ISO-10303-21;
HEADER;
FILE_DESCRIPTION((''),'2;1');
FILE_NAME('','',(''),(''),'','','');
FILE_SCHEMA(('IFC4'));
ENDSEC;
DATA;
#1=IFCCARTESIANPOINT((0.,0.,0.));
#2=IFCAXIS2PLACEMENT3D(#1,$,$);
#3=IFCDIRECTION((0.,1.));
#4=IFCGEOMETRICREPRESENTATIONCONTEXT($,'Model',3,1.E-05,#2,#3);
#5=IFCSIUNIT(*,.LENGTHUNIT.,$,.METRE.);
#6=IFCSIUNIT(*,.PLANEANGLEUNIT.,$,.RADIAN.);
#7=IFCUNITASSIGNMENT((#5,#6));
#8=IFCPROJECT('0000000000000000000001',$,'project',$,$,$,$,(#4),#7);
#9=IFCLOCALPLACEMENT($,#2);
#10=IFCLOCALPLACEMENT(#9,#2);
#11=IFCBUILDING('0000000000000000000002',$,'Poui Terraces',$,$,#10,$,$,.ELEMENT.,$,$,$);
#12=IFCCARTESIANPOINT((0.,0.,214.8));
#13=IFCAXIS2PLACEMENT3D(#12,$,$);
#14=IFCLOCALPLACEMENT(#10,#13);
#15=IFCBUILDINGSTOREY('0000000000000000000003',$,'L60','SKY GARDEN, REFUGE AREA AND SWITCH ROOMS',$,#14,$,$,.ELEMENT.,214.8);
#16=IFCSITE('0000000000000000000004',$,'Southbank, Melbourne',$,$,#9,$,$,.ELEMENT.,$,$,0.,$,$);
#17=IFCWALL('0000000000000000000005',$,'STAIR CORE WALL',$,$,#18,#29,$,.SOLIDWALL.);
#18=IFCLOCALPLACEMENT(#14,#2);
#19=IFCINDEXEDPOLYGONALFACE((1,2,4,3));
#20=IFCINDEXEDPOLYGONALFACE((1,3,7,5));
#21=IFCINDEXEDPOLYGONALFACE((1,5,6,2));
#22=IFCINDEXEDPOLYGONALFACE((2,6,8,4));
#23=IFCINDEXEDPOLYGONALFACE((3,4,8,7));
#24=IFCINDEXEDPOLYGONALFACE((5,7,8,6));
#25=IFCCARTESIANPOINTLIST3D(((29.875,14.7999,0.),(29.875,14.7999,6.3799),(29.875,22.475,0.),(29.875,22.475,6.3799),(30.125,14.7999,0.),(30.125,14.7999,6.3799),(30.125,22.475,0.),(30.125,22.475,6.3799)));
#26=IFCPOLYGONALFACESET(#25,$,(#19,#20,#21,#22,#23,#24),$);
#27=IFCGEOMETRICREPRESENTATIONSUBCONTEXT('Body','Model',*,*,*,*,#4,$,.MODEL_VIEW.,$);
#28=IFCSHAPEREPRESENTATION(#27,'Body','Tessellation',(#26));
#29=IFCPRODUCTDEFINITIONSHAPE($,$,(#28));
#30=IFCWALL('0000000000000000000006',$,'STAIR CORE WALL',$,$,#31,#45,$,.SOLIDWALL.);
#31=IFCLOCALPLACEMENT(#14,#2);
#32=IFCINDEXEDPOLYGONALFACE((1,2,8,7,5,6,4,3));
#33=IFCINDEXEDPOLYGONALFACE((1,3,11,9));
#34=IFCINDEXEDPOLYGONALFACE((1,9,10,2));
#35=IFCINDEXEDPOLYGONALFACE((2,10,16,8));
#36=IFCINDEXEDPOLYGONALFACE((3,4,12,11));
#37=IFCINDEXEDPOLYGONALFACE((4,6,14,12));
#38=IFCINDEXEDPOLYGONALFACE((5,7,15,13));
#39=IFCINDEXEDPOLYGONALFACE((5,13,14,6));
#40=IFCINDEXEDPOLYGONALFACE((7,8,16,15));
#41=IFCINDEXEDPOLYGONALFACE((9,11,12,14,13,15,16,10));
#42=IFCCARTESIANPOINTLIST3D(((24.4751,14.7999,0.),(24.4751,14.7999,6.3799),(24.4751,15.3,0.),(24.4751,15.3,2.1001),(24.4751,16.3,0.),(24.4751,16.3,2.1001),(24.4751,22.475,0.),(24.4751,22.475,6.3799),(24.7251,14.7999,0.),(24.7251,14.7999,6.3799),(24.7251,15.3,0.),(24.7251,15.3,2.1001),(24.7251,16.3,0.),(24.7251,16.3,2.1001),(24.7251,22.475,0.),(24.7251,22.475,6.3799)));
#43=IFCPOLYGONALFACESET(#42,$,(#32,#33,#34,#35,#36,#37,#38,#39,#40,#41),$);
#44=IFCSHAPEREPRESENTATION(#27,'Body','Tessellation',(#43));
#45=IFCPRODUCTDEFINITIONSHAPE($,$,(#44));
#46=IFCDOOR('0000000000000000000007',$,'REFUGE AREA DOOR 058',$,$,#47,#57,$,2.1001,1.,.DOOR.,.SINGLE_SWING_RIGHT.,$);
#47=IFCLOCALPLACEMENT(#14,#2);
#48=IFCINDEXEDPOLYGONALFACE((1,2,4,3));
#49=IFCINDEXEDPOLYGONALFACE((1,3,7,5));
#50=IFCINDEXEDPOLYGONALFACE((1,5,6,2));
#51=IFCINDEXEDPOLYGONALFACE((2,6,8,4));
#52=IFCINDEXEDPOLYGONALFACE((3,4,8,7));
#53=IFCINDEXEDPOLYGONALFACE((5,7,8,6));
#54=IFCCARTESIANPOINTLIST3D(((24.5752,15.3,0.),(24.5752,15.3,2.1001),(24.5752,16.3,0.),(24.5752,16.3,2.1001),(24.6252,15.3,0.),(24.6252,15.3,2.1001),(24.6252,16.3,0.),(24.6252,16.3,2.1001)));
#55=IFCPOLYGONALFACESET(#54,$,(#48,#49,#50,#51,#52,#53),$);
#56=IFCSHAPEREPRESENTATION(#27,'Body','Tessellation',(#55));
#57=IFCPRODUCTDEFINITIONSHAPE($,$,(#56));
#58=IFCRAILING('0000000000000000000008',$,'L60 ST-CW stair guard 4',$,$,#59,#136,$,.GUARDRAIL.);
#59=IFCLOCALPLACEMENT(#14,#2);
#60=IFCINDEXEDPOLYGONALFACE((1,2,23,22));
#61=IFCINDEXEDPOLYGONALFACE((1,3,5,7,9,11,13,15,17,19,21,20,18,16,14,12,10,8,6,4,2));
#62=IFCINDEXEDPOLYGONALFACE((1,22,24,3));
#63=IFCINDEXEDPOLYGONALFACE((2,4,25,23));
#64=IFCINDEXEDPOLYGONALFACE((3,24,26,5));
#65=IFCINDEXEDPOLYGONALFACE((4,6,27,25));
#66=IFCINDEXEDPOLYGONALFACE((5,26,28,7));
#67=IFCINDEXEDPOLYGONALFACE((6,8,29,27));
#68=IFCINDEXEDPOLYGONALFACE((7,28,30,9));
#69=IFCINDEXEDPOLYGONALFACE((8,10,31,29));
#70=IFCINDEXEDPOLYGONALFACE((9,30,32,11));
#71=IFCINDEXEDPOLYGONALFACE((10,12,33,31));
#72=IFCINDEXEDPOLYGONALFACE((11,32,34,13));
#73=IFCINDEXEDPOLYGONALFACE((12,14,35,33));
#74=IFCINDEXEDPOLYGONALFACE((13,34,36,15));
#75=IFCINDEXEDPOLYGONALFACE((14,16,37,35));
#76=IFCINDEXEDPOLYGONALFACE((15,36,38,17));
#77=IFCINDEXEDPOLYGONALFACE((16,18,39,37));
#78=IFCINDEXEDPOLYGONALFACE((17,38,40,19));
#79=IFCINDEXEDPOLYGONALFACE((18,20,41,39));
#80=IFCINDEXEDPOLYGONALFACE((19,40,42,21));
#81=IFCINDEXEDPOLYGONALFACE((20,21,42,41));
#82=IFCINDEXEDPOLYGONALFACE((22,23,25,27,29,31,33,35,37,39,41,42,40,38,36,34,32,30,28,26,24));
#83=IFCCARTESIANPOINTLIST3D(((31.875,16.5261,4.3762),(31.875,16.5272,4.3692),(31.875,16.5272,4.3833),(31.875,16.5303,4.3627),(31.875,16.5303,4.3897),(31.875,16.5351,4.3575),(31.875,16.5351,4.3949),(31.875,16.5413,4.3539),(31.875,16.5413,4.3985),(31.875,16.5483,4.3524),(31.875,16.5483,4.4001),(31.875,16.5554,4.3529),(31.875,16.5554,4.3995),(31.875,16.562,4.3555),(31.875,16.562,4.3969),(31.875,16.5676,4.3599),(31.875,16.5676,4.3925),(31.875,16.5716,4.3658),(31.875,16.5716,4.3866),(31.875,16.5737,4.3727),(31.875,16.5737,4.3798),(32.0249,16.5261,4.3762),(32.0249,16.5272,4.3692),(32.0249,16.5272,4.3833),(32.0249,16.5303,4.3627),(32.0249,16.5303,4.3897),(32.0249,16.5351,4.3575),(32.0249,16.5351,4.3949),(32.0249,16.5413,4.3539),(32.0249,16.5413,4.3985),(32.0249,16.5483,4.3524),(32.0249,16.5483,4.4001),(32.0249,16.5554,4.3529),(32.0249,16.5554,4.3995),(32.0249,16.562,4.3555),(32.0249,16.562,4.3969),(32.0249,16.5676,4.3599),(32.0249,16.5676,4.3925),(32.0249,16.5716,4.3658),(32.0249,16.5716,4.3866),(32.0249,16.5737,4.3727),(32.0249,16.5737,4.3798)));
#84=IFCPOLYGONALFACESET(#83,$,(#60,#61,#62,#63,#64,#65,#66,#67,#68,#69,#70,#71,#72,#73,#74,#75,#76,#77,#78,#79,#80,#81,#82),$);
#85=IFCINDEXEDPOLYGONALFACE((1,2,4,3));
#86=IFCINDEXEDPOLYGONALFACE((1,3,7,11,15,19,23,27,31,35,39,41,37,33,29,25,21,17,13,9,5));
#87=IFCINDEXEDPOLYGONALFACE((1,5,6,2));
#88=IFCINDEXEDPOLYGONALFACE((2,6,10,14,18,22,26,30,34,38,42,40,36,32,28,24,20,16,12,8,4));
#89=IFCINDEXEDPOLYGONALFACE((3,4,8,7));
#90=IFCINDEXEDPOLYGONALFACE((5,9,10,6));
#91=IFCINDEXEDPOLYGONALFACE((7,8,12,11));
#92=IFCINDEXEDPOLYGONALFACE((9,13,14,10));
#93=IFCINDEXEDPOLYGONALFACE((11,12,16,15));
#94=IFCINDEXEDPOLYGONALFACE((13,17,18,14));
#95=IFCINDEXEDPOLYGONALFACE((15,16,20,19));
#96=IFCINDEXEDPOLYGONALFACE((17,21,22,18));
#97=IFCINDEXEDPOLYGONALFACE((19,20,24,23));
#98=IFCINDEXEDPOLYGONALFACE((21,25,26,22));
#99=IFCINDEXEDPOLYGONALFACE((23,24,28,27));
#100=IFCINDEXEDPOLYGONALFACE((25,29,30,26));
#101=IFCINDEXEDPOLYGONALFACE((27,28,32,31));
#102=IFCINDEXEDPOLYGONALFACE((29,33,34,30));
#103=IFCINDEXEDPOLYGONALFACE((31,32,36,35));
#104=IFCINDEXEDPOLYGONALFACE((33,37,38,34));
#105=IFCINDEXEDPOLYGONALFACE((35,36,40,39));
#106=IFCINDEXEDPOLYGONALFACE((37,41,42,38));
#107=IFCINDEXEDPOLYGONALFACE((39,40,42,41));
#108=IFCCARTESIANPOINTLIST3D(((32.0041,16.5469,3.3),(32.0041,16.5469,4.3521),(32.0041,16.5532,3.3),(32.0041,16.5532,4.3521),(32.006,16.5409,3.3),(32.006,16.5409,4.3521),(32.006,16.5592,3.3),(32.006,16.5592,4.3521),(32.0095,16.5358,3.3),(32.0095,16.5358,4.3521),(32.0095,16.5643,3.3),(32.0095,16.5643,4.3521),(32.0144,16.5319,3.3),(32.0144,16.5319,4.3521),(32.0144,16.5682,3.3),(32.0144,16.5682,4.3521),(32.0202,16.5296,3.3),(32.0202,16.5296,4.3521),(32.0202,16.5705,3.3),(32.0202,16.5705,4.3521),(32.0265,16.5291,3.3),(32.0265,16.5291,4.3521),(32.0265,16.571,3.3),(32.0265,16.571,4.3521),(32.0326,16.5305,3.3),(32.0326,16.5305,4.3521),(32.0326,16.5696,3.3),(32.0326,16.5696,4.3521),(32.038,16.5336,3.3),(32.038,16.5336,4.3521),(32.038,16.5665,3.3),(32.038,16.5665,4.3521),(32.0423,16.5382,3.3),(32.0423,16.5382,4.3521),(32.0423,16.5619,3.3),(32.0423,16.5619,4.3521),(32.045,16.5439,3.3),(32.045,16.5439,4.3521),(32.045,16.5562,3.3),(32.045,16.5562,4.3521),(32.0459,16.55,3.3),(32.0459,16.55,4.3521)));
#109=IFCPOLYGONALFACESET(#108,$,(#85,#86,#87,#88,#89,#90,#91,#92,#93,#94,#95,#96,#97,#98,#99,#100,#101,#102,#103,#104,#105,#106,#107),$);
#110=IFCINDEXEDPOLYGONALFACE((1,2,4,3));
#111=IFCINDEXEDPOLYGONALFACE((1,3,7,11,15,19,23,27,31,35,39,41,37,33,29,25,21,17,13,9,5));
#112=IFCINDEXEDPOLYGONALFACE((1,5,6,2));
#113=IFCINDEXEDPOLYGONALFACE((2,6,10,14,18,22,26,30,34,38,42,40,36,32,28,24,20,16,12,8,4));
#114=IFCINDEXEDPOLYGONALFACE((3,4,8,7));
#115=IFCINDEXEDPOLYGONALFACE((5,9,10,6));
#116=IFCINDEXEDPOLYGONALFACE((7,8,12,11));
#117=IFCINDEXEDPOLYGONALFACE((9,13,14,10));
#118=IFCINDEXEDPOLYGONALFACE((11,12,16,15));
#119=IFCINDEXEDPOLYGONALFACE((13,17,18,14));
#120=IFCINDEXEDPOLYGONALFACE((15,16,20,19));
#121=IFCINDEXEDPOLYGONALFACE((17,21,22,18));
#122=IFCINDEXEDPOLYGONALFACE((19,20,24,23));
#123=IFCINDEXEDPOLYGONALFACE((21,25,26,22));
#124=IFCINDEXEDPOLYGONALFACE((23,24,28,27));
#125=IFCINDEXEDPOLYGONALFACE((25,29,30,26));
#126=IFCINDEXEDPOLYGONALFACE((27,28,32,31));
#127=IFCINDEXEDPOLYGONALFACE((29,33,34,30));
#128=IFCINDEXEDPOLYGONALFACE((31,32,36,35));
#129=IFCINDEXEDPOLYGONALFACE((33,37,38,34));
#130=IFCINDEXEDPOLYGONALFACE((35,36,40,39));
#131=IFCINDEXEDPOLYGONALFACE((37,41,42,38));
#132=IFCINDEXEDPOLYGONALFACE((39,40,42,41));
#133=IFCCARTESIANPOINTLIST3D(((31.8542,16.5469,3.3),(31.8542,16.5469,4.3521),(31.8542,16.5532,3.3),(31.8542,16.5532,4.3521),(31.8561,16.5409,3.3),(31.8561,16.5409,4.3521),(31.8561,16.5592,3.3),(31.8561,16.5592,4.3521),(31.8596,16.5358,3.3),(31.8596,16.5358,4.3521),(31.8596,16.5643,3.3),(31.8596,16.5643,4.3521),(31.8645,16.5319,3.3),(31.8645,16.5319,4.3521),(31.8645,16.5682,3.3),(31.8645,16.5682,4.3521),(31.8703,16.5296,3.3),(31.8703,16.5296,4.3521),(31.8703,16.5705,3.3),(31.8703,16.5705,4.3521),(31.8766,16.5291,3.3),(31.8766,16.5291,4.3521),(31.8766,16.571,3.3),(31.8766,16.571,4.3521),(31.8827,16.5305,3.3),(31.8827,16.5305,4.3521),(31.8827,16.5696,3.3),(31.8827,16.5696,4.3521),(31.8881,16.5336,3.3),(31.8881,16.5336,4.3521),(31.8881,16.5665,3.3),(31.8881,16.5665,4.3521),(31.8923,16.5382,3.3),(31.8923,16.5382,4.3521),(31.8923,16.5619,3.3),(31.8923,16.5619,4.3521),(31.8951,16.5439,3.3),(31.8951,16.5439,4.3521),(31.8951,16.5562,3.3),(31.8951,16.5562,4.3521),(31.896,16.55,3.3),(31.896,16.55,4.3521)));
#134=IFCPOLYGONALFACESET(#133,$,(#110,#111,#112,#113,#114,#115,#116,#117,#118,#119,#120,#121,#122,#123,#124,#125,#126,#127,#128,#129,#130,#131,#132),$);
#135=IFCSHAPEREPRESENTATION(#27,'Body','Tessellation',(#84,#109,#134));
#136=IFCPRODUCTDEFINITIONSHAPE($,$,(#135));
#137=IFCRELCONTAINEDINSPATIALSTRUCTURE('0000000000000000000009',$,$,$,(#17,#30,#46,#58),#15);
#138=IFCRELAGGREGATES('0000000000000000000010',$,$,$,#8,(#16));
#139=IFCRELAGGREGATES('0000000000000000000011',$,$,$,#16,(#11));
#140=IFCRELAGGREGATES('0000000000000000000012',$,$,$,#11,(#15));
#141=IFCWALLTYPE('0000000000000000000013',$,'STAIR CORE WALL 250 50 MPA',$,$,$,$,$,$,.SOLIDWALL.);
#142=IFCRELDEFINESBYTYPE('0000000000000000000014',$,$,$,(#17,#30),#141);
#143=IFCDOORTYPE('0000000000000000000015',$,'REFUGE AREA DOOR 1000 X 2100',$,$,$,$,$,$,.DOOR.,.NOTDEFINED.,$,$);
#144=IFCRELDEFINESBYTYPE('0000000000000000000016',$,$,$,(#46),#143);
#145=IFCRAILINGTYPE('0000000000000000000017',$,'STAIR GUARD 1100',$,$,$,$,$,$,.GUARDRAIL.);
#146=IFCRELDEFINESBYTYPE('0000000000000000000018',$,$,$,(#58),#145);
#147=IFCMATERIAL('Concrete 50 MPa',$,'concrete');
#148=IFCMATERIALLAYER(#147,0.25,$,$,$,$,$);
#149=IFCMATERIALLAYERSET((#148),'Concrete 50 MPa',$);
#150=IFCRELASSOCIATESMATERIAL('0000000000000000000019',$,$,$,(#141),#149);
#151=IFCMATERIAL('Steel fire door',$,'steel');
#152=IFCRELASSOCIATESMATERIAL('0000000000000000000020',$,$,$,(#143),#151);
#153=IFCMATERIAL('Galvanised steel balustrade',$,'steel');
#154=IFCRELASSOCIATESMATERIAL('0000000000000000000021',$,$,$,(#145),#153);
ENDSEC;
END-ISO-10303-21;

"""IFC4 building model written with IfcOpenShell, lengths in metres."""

from ifc_helpers import new_model, si_unit, direction, frame, frame_2d, origin, origin_2d, place, context, subcontext, project, spatial, rectangle, circle, extrude, material, layer, layer_set, type_object, element, fill, save


model = new_model("IFC4")

# Units and contexts
model_context = context("Model", 3, precision=1e-05, world=origin(), true_north=direction((0.0, 1.0)))
body_context = subcontext(model_context, "Body", "Model", "MODEL_VIEW")
ifc_project = project(units=[si_unit("LENGTHUNIT", "METRE"), si_unit("PLANEANGLEUNIT", "RADIAN")], contexts=[model_context])

# Site, building, storey
site_placement = place(None, origin())
site = spatial("IfcSite", under=ifc_project, at=site_placement, Name="Southbank, Melbourne", CompositionType="ELEMENT", RefElevation=0.0)
building_placement = place(site_placement, origin())
building = spatial("IfcBuilding", under=site, at=building_placement, Name="Poui Terraces", CompositionType="ELEMENT")
storey_placement = place(building_placement, frame((0.0, 0.0, 214.8)))
storey = spatial("IfcBuildingStorey", under=building, at=storey_placement, Name="L60", Description="SKY GARDEN, REFUGE AREA AND SWITCH ROOMS", CompositionType="ELEMENT", Elevation=214.8)

# Wall
ifc_material_1 = material(Name="Concrete 50 MPa", Category="concrete")
ifc_layer = layer(ifc_material_1, 0.25)
ifc_layer_set = layer_set([ifc_layer], Name="Concrete 50 MPa")
wall_type = type_object("IfcWallType", Name="STAIR CORE WALL 250 50 MPA", PredefinedType="SOLIDWALL", material=ifc_layer_set)
wall_1_placement = place(storey_placement, frame((30.0, 14.8, 0.0), z_axis=(0.0, 0.0, 1.0), x_axis=(0.0, 1.0, 0.0)))
element("IfcWall", 1, at=wall_1_placement, inside=storey, type_object=wall_type, Name="STAIR CORE WALL", PredefinedType="SOLIDWALL", context=body_context, shape_type="SweptSolid", body=[
    extrude(rectangle(XDim=7.675, YDim=0.25, at=frame_2d((3.8374, 0.0))), origin(), (0.0, 0.0, 1.0), 6.3799),
])

# Wall, opening, door
wall_2_placement = place(storey_placement, frame((24.6001, 14.8, 0.0), z_axis=(0.0, 0.0, 1.0), x_axis=(0.0, 1.0, 0.0)))
wall_2 = element("IfcWall", 2, at=wall_2_placement, inside=storey, type_object=wall_type, Name="STAIR CORE WALL", PredefinedType="SOLIDWALL", context=body_context, shape_type="SweptSolid", body=[
    extrude(rectangle(XDim=7.675, YDim=0.25, at=frame_2d((3.8374, 0.0))), origin(), (0.0, 0.0, 1.0), 6.3799),
])
opening_placement = place(wall_2_placement, frame((0.5, 0.0, 0.0)))
opening = element("IfcOpeningElement", 3, at=opening_placement, cuts=wall_2, PredefinedType="OPENING", context=body_context, shape_type="SweptSolid", body=[
    extrude(rectangle(XDim=1.0, YDim=2.1001, at=frame_2d((0.5, 1.05))), frame((0.0, 0.135, 0.0), z_axis=(0.0, -1.0, 0.0), x_axis=(1.0, 0.0, 0.0)), (0.0, 0.0, 1.0), 0.27),
])
ifc_material_2 = material(Name="Steel fire door", Category="steel")
door_type = type_object("IfcDoorType", Name="REFUGE AREA DOOR 1000 X 2100", OperationType="NOTDEFINED", PredefinedType="DOOR", material=ifc_material_2)
door_placement = place(opening_placement, origin())
door = element("IfcDoor", 4, at=door_placement, inside=storey, type_object=door_type, Name="REFUGE AREA DOOR 058", OperationType="SINGLE_SWING_RIGHT", OverallHeight=2.1001, OverallWidth=1.0, PredefinedType="DOOR", context=body_context, shape_type="SweptSolid", body=[
    extrude(rectangle(XDim=1.0, YDim=2.1001, at=frame_2d((0.5, 1.05))), frame((0.0, 0.0249, 0.0), z_axis=(0.0, -1.0, 0.0), x_axis=(1.0, 0.0, 0.0)), (0.0, 0.0, 1.0), 0.05),
])
fill(opening, door)

# Railing
ifc_material_3 = material(Name="Galvanised steel balustrade", Category="steel")
railing_type = type_object("IfcRailingType", Name="STAIR GUARD 1100", PredefinedType="GUARDRAIL", material=ifc_material_3)
for number, where, name in (
    (5, (32.0249, 16.55, 3.3), "L60 ST-CW stair guard 4"),
):
    element("IfcRailing", number, at=place(storey_placement, frame(where)), inside=storey, type_object=railing_type, Name=name, PredefinedType="GUARDRAIL", context=body_context, shape_type="SweptSolid", body=[
        extrude(circle(Radius=0.0239, at=origin_2d()), frame((0.0, 0.0, 1.0762), z_axis=(-1.0, 0.0, 0.0), x_axis=(0.0, -1.0, 0.0)), (0.0, 0.0, 1.0), 0.1499),
        extrude(circle(Radius=0.021, at=origin_2d()), origin(), (0.0, 0.0, 1.0), 1.052),
        extrude(circle(Radius=0.021, at=origin_2d()), frame((-0.1499, 0.0, 0.0)), (0.0, 0.0, 1.0), 1.052),
    ])

save(model, "model.ifc")
